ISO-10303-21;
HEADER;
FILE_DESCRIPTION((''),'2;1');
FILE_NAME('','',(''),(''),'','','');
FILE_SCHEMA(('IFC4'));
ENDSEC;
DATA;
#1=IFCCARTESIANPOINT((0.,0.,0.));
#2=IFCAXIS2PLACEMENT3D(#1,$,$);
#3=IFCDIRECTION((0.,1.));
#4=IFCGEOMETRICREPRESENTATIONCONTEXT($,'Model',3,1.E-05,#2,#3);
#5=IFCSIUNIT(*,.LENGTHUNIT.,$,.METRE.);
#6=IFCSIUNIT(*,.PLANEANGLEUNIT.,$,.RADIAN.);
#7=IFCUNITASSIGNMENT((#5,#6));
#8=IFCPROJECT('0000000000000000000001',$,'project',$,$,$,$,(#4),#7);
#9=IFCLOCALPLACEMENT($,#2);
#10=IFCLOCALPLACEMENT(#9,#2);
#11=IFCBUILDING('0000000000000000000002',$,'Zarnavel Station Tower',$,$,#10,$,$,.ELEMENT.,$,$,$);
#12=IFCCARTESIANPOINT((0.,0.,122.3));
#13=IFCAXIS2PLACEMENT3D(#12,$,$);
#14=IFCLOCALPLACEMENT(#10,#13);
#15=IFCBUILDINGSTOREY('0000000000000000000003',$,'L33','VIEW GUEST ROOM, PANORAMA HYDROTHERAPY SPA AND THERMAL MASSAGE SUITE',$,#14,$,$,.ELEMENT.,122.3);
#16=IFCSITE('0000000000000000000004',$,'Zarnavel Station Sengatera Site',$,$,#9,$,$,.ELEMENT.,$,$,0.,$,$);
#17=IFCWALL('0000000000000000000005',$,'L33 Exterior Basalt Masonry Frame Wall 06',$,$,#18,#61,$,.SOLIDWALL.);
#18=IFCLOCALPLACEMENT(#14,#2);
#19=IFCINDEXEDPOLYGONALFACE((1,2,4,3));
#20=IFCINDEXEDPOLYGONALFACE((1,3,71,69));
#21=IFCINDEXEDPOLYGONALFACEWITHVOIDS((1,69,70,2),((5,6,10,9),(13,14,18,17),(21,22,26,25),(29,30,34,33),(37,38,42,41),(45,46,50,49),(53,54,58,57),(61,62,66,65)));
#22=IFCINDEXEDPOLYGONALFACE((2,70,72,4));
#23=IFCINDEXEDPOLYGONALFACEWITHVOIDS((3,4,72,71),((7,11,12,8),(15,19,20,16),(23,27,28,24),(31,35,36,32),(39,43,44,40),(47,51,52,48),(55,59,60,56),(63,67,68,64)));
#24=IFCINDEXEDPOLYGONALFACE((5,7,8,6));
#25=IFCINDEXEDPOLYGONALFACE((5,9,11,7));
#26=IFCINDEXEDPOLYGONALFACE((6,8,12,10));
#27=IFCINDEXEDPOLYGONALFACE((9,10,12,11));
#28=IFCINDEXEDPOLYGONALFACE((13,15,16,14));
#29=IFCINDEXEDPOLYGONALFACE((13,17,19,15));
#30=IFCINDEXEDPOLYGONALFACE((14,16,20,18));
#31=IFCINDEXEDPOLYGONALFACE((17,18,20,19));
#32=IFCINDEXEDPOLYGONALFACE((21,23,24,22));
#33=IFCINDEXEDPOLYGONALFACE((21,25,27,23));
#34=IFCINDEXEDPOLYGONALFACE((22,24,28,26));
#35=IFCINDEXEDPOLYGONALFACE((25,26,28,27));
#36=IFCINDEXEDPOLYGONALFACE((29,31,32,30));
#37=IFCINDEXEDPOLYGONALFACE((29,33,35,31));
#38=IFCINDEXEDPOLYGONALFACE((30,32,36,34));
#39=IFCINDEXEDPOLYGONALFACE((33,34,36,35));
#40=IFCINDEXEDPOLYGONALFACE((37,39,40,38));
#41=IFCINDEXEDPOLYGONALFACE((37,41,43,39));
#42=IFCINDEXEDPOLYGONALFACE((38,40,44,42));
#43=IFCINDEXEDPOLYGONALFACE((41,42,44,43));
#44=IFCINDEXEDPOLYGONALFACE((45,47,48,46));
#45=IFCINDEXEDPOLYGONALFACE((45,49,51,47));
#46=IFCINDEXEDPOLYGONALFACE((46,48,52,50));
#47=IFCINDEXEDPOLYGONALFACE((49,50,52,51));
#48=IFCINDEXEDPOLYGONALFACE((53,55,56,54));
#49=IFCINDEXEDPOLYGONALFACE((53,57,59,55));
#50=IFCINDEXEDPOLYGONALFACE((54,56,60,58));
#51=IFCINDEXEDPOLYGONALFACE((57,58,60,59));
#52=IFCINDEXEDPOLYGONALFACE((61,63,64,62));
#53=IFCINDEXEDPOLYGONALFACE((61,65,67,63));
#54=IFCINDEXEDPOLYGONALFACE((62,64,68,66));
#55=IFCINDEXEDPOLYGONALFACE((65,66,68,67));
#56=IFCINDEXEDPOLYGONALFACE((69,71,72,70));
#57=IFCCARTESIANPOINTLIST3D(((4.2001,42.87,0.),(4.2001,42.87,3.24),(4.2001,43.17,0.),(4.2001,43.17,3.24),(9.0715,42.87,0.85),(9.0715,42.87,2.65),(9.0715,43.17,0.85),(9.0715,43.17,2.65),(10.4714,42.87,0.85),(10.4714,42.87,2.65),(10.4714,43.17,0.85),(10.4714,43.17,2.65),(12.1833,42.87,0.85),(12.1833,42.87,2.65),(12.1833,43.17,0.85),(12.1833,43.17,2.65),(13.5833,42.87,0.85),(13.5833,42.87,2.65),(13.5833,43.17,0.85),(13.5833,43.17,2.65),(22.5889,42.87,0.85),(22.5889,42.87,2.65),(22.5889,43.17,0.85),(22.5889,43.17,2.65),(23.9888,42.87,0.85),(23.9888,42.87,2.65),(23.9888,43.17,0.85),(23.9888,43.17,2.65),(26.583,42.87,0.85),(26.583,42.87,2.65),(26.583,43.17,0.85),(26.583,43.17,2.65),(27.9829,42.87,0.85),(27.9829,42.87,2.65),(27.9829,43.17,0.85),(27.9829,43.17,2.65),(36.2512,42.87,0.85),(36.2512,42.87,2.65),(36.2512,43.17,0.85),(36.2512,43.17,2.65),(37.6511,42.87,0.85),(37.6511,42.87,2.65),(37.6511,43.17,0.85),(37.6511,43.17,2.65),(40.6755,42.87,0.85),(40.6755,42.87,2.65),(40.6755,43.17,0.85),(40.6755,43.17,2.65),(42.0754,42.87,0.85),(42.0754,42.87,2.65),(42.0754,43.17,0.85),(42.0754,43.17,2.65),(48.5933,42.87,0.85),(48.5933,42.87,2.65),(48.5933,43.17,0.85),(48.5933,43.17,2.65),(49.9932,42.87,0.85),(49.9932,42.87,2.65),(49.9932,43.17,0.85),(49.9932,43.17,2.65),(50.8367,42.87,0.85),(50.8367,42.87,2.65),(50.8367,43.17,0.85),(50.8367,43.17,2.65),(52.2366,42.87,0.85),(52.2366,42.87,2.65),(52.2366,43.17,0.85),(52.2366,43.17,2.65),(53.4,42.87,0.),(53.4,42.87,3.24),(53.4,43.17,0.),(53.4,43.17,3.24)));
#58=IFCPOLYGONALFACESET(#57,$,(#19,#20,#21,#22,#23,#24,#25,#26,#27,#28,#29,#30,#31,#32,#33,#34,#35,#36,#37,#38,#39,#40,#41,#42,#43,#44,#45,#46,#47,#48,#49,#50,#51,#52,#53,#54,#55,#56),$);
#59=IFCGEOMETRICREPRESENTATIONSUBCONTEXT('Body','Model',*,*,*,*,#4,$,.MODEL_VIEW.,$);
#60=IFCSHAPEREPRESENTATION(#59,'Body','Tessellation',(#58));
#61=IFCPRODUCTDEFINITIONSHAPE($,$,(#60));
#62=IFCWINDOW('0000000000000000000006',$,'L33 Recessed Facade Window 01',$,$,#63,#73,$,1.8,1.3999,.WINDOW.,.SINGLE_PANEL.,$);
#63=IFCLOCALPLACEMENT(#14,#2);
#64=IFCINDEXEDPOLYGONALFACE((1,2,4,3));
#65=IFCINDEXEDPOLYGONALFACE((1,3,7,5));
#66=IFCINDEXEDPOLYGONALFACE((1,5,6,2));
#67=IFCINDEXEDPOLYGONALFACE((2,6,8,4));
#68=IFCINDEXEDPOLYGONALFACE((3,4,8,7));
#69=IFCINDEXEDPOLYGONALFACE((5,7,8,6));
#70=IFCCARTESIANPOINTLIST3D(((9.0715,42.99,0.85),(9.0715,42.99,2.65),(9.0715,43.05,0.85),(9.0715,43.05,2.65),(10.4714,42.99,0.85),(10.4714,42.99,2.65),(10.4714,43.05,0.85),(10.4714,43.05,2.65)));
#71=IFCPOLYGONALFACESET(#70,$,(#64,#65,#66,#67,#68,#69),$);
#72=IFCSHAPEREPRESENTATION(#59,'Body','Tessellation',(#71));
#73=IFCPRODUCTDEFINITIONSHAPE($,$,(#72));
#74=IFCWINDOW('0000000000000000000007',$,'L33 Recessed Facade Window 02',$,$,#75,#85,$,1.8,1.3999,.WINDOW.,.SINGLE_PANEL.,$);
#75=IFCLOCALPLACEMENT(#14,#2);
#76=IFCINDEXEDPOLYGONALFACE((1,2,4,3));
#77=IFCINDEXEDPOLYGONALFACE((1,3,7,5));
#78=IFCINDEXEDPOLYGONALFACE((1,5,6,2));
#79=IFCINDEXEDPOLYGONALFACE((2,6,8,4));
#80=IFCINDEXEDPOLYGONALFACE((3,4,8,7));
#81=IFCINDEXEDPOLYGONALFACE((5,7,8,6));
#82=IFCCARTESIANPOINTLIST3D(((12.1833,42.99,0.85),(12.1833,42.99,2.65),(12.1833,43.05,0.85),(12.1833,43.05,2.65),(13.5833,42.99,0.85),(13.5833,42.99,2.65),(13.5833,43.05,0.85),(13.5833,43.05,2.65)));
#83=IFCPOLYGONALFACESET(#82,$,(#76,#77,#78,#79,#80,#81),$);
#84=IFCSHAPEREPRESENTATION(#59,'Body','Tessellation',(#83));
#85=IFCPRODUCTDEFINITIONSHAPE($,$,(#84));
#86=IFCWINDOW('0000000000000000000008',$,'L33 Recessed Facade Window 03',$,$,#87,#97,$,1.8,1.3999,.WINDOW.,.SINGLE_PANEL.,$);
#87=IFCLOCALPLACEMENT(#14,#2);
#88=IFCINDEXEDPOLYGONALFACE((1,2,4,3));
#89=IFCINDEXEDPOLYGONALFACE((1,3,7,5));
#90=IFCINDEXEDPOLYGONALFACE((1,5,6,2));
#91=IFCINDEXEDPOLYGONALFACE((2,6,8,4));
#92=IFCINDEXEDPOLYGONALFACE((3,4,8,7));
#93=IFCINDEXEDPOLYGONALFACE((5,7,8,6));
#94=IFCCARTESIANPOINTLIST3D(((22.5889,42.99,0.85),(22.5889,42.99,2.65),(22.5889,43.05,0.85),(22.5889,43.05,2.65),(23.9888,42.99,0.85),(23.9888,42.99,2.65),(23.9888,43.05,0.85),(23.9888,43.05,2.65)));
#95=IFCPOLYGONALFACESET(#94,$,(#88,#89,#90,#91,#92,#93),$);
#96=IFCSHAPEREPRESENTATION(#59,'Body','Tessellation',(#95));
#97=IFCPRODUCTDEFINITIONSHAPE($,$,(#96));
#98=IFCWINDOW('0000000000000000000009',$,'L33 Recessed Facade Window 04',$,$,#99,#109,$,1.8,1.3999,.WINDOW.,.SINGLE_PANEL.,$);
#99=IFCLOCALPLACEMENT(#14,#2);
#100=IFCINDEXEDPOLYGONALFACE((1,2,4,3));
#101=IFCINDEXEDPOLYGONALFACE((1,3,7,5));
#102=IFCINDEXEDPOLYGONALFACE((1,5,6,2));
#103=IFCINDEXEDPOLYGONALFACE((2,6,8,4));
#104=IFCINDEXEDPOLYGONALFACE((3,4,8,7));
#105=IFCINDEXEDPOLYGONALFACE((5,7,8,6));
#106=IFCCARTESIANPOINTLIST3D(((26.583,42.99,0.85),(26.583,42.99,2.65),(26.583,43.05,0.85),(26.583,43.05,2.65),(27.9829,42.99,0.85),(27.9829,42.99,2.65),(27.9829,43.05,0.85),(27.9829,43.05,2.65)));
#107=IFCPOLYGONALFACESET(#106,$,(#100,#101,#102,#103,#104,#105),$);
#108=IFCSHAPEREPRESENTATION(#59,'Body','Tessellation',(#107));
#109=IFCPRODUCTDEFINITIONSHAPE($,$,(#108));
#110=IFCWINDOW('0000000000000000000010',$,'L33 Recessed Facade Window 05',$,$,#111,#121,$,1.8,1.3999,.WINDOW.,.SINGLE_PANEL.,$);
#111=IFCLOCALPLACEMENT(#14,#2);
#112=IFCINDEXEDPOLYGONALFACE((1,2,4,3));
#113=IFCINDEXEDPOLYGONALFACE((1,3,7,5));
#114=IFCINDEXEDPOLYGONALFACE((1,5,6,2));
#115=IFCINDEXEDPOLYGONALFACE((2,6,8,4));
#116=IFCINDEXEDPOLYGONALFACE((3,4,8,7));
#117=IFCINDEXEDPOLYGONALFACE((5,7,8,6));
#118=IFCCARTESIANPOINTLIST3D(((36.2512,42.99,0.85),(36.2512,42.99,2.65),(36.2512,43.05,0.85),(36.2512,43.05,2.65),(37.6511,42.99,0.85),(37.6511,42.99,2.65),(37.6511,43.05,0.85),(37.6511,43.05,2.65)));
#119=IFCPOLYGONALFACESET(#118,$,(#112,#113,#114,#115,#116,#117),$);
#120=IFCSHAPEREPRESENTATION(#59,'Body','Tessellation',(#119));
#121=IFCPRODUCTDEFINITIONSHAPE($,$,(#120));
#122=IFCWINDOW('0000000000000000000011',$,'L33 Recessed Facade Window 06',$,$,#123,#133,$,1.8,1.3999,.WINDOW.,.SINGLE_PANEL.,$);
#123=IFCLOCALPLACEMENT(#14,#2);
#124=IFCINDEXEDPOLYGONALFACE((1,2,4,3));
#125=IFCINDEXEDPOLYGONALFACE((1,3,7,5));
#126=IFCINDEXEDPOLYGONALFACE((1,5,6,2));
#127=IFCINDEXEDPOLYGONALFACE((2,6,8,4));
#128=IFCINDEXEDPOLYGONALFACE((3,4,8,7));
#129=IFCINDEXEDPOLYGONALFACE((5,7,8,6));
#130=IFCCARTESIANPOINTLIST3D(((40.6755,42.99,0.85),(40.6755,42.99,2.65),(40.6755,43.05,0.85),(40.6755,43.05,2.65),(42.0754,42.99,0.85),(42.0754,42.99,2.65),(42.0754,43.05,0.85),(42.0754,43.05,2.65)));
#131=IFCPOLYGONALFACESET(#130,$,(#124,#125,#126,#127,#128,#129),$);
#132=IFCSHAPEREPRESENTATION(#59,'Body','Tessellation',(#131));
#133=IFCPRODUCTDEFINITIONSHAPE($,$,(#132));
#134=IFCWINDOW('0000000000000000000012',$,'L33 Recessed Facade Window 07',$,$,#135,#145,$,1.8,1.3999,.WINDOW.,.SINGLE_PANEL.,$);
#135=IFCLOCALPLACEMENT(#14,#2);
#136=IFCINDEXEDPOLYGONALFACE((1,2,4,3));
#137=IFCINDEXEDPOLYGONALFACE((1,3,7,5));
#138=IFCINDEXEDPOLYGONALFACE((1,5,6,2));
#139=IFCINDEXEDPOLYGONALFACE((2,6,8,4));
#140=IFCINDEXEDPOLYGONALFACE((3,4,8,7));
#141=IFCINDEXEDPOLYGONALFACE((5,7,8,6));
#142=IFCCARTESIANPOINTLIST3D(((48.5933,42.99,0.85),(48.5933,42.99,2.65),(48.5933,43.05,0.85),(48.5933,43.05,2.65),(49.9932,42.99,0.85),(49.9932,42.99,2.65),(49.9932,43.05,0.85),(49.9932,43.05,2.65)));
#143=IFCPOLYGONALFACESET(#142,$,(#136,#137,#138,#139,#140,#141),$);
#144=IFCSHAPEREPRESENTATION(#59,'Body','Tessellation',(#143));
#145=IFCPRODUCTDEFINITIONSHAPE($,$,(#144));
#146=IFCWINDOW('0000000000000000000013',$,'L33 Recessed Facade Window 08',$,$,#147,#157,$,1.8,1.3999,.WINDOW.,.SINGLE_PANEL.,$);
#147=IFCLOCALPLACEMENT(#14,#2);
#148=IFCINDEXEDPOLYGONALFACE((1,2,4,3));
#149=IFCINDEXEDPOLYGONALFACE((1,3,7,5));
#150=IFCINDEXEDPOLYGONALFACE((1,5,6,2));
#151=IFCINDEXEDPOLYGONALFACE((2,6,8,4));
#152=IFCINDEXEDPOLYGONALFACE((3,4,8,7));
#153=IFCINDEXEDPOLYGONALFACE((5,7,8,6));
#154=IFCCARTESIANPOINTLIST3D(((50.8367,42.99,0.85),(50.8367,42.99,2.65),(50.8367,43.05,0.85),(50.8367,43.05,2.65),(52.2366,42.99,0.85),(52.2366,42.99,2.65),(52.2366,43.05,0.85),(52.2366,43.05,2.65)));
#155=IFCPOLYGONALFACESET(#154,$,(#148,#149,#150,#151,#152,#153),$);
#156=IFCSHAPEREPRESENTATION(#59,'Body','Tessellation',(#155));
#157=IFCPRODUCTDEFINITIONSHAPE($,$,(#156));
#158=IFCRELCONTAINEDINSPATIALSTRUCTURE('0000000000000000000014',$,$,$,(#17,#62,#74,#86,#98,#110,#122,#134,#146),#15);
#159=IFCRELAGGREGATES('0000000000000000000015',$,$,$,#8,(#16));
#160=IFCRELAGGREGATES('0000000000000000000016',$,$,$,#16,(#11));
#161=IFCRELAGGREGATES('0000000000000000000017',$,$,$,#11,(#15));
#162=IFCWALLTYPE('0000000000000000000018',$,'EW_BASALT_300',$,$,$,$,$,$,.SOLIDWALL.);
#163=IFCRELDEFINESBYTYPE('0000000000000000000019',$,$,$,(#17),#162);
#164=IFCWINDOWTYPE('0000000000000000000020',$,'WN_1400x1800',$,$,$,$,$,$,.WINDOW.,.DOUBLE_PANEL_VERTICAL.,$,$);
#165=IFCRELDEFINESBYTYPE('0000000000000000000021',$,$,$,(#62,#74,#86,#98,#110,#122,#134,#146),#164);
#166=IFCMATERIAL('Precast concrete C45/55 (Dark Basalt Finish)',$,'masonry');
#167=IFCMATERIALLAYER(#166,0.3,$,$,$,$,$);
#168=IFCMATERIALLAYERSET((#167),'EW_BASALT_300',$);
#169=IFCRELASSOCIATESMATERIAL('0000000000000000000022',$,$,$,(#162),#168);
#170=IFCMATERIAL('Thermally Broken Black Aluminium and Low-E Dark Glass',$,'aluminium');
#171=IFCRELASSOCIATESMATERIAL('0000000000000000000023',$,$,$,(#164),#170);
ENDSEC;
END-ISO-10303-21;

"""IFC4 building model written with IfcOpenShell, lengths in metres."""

from ifc_helpers import new_model, si_unit, direction, frame, frame_2d, origin, place, context, subcontext, project, spatial, rectangle, extrude, material, layer, layer_set, type_object, element, fill, save


model = new_model("IFC4")

# Units and contexts
model_context = context("Model", 3, precision=1e-05, world=origin(), true_north=direction((0.0, 1.0)))
body_context = subcontext(model_context, "Body", "Model", "MODEL_VIEW")
ifc_project = project(units=[si_unit("LENGTHUNIT", "METRE"), si_unit("PLANEANGLEUNIT", "RADIAN")], contexts=[model_context])

# Site, building, storey
site_placement = place(None, origin())
site = spatial("IfcSite", under=ifc_project, at=site_placement, Name="Zarnavel Station Sengatera Site", CompositionType="ELEMENT", RefElevation=0.0)
building_placement = place(site_placement, origin())
building = spatial("IfcBuilding", under=site, at=building_placement, Name="Zarnavel Station Tower", CompositionType="ELEMENT")
storey_placement = place(building_placement, frame((0.0, 0.0, 122.3)))
storey = spatial("IfcBuildingStorey", under=building, at=storey_placement, Name="L33", Description="VIEW GUEST ROOM, PANORAMA HYDROTHERAPY SPA AND THERMAL MASSAGE SUITE", CompositionType="ELEMENT", Elevation=122.3)

# Wall, openings, windows
ifc_material_1 = material(Name="Precast concrete C45/55 (Dark Basalt Finish)", Category="masonry")
ifc_layer_1 = layer(ifc_material_1, 0.3)
ifc_layer_set_1 = layer_set([ifc_layer_1], Name="EW_BASALT_300")
wall_type_1 = type_object("IfcWallType", Name="EW_BASALT_300", PredefinedType="SOLIDWALL", material=ifc_layer_set_1)
wall_1_placement = place(storey_placement, frame((4.2, 43.02, 0.0), z_axis=(0.0, 0.0, 1.0), x_axis=(1.0, 0.0, 0.0)))
wall_1 = element("IfcWall", 1, at=wall_1_placement, inside=storey, type_object=wall_type_1, Name="L33 Exterior Basalt Masonry Frame Wall 06", PredefinedType="SOLIDWALL", context=body_context, shape_type="SweptSolid", body=[
    extrude(rectangle(XDim=49.2, YDim=0.3, at=frame_2d((24.6001, 0.0))), origin(), (0.0, 0.0, 1.0), 3.24),
])
opening_1_placement = place(wall_1_placement, frame((4.8716, 0.0, 0.8501)))
opening_1 = element("IfcOpeningElement", 2, at=opening_1_placement, cuts=wall_1, PredefinedType="OPENING", context=body_context, shape_type="SweptSolid", body=[
    extrude(rectangle(XDim=1.3999, YDim=1.8, at=frame_2d((0.7, 0.8999))), frame((0.0, 0.1599, 0.0), z_axis=(0.0, -1.0, 0.0), x_axis=(1.0, 0.0, 0.0)), (0.0, 0.0, 1.0), 0.3201),
])
opening_2_placement = place(wall_1_placement, frame((7.9834, 0.0, 0.8501)))
opening_2 = element("IfcOpeningElement", 3, at=opening_2_placement, cuts=wall_1, PredefinedType="OPENING", context=body_context, shape_type="SweptSolid", body=[
    extrude(rectangle(XDim=1.3999, YDim=1.8, at=frame_2d((0.7, 0.8999))), frame((0.0, 0.1599, 0.0), z_axis=(0.0, -1.0, 0.0), x_axis=(1.0, 0.0, 0.0)), (0.0, 0.0, 1.0), 0.3201),
])
opening_3_placement = place(wall_1_placement, frame((18.3889, 0.0, 0.8501)))
opening_3 = element("IfcOpeningElement", 4, at=opening_3_placement, cuts=wall_1, PredefinedType="OPENING", context=body_context, shape_type="SweptSolid", body=[
    extrude(rectangle(XDim=1.3999, YDim=1.8, at=frame_2d((0.7, 0.8999))), frame((0.0, 0.1599, 0.0), z_axis=(0.0, -1.0, 0.0), x_axis=(1.0, 0.0, 0.0)), (0.0, 0.0, 1.0), 0.3201),
])
opening_4_placement = place(wall_1_placement, frame((22.3831, 0.0, 0.8501)))
opening_4 = element("IfcOpeningElement", 5, at=opening_4_placement, cuts=wall_1, PredefinedType="OPENING", context=body_context, shape_type="SweptSolid", body=[
    extrude(rectangle(XDim=1.3999, YDim=1.8, at=frame_2d((0.7, 0.8999))), frame((0.0, 0.1599, 0.0), z_axis=(0.0, -1.0, 0.0), x_axis=(1.0, 0.0, 0.0)), (0.0, 0.0, 1.0), 0.3201),
])
opening_5_placement = place(wall_1_placement, frame((32.0513, 0.0, 0.8501)))
opening_5 = element("IfcOpeningElement", 6, at=opening_5_placement, cuts=wall_1, PredefinedType="OPENING", context=body_context, shape_type="SweptSolid", body=[
    extrude(rectangle(XDim=1.3999, YDim=1.8, at=frame_2d((0.7, 0.8999))), frame((0.0, 0.1599, 0.0), z_axis=(0.0, -1.0, 0.0), x_axis=(1.0, 0.0, 0.0)), (0.0, 0.0, 1.0), 0.3201),
])
opening_6_placement = place(wall_1_placement, frame((36.4756, 0.0, 0.8501)))
opening_6 = element("IfcOpeningElement", 7, at=opening_6_placement, cuts=wall_1, PredefinedType="OPENING", context=body_context, shape_type="SweptSolid", body=[
    extrude(rectangle(XDim=1.3999, YDim=1.8, at=frame_2d((0.7, 0.8999))), frame((0.0, 0.1599, 0.0), z_axis=(0.0, -1.0, 0.0), x_axis=(1.0, 0.0, 0.0)), (0.0, 0.0, 1.0), 0.3201),
])
opening_7_placement = place(wall_1_placement, frame((44.3933, 0.0, 0.8501)))
opening_7 = element("IfcOpeningElement", 8, at=opening_7_placement, cuts=wall_1, PredefinedType="OPENING", context=body_context, shape_type="SweptSolid", body=[
    extrude(rectangle(XDim=1.3999, YDim=1.8, at=frame_2d((0.7, 0.8999))), frame((0.0, 0.1599, 0.0), z_axis=(0.0, -1.0, 0.0), x_axis=(1.0, 0.0, 0.0)), (0.0, 0.0, 1.0), 0.3201),
])
opening_8_placement = place(wall_1_placement, frame((46.6367, 0.0, 0.8501)))
opening_8 = element("IfcOpeningElement", 9, at=opening_8_placement, cuts=wall_1, PredefinedType="OPENING", context=body_context, shape_type="SweptSolid", body=[
    extrude(rectangle(XDim=1.3999, YDim=1.8, at=frame_2d((0.7, 0.8999))), frame((0.0, 0.1599, 0.0), z_axis=(0.0, -1.0, 0.0), x_axis=(1.0, 0.0, 0.0)), (0.0, 0.0, 1.0), 0.3201),
])
ifc_material_2 = material(Name="Thermally Broken Black Aluminium and Low-E Dark Glass", Category="aluminium")
window_type = type_object("IfcWindowType", Name="WN_1400x1800", PartitioningType="DOUBLE_PANEL_VERTICAL", PredefinedType="WINDOW", material=ifc_material_2)
window_1_placement = place(opening_1_placement, origin())
window_1 = element("IfcWindow", 10, at=window_1_placement, inside=storey, type_object=window_type, Name="L33 Recessed Facade Window 01", OverallHeight=1.8, OverallWidth=1.3999, PartitioningType="SINGLE_PANEL", PredefinedType="WINDOW", context=body_context, shape_type="SweptSolid", body=[
    extrude(rectangle(XDim=1.3999, YDim=1.8, at=frame_2d((0.7, 0.8999))), frame((0.0, 0.03, 0.0), z_axis=(0.0, -1.0, 0.0), x_axis=(1.0, 0.0, 0.0)), (0.0, 0.0, 1.0), 0.0601),
])
fill(opening_1, window_1)
window_2_placement = place(opening_2_placement, origin())
window_2 = element("IfcWindow", 11, at=window_2_placement, inside=storey, type_object=window_type, Name="L33 Recessed Facade Window 02", OverallHeight=1.8, OverallWidth=1.3999, PartitioningType="SINGLE_PANEL", PredefinedType="WINDOW", context=body_context, shape_type="SweptSolid", body=[
    extrude(rectangle(XDim=1.3999, YDim=1.8, at=frame_2d((0.7, 0.8999))), frame((0.0, 0.03, 0.0), z_axis=(0.0, -1.0, 0.0), x_axis=(1.0, 0.0, 0.0)), (0.0, 0.0, 1.0), 0.0601),
])
fill(opening_2, window_2)
window_3_placement = place(opening_3_placement, origin())
window_3 = element("IfcWindow", 12, at=window_3_placement, inside=storey, type_object=window_type, Name="L33 Recessed Facade Window 03", OverallHeight=1.8, OverallWidth=1.3999, PartitioningType="SINGLE_PANEL", PredefinedType="WINDOW", context=body_context, shape_type="SweptSolid", body=[
    extrude(rectangle(XDim=1.3999, YDim=1.8, at=frame_2d((0.7, 0.8999))), frame((0.0, 0.03, 0.0), z_axis=(0.0, -1.0, 0.0), x_axis=(1.0, 0.0, 0.0)), (0.0, 0.0, 1.0), 0.0601),
])
fill(opening_3, window_3)
window_4_placement = place(opening_4_placement, origin())
window_4 = element("IfcWindow", 13, at=window_4_placement, inside=storey, type_object=window_type, Name="L33 Recessed Facade Window 04", OverallHeight=1.8, OverallWidth=1.3999, PartitioningType="SINGLE_PANEL", PredefinedType="WINDOW", context=body_context, shape_type="SweptSolid", body=[
    extrude(rectangle(XDim=1.3999, YDim=1.8, at=frame_2d((0.7, 0.8999))), frame((0.0, 0.03, 0.0), z_axis=(0.0, -1.0, 0.0), x_axis=(1.0, 0.0, 0.0)), (0.0, 0.0, 1.0), 0.0601),
])
fill(opening_4, window_4)
window_5_placement = place(opening_5_placement, origin())
window_5 = element("IfcWindow", 14, at=window_5_placement, inside=storey, type_object=window_type, Name="L33 Recessed Facade Window 05", OverallHeight=1.8, OverallWidth=1.3999, PartitioningType="SINGLE_PANEL", PredefinedType="WINDOW", context=body_context, shape_type="SweptSolid", body=[
    extrude(rectangle(XDim=1.3999, YDim=1.8, at=frame_2d((0.7, 0.8999))), frame((0.0, 0.03, 0.0), z_axis=(0.0, -1.0, 0.0), x_axis=(1.0, 0.0, 0.0)), (0.0, 0.0, 1.0), 0.0601),
])
fill(opening_5, window_5)
window_6_placement = place(opening_6_placement, origin())
window_6 = element("IfcWindow", 15, at=window_6_placement, inside=storey, type_object=window_type, Name="L33 Recessed Facade Window 06", OverallHeight=1.8, OverallWidth=1.3999, PartitioningType="SINGLE_PANEL", PredefinedType="WINDOW", context=body_context, shape_type="SweptSolid", body=[
    extrude(rectangle(XDim=1.3999, YDim=1.8, at=frame_2d((0.7, 0.8999))), frame((0.0, 0.03, 0.0), z_axis=(0.0, -1.0, 0.0), x_axis=(1.0, 0.0, 0.0)), (0.0, 0.0, 1.0), 0.0601),
])
fill(opening_6, window_6)
window_7_placement = place(opening_7_placement, origin())
window_7 = element("IfcWindow", 16, at=window_7_placement, inside=storey, type_object=window_type, Name="L33 Recessed Facade Window 07", OverallHeight=1.8, OverallWidth=1.3999, PartitioningType="SINGLE_PANEL", PredefinedType="WINDOW", context=body_context, shape_type="SweptSolid", body=[
    extrude(rectangle(XDim=1.3999, YDim=1.8, at=frame_2d((0.7, 0.8999))), frame((0.0, 0.03, 0.0), z_axis=(0.0, -1.0, 0.0), x_axis=(1.0, 0.0, 0.0)), (0.0, 0.0, 1.0), 0.0601),
])
fill(opening_7, window_7)
window_8_placement = place(opening_8_placement, origin())
window_8 = element("IfcWindow", 17, at=window_8_placement, inside=storey, type_object=window_type, Name="L33 Recessed Facade Window 08", OverallHeight=1.8, OverallWidth=1.3999, PartitioningType="SINGLE_PANEL", PredefinedType="WINDOW", context=body_context, shape_type="SweptSolid", body=[
    extrude(rectangle(XDim=1.3999, YDim=1.8, at=frame_2d((0.7, 0.8999))), frame((0.0, 0.03, 0.0), z_axis=(0.0, -1.0, 0.0), x_axis=(1.0, 0.0, 0.0)), (0.0, 0.0, 1.0), 0.0601),
])
fill(opening_8, window_8)

save(model, "model.ifc")
